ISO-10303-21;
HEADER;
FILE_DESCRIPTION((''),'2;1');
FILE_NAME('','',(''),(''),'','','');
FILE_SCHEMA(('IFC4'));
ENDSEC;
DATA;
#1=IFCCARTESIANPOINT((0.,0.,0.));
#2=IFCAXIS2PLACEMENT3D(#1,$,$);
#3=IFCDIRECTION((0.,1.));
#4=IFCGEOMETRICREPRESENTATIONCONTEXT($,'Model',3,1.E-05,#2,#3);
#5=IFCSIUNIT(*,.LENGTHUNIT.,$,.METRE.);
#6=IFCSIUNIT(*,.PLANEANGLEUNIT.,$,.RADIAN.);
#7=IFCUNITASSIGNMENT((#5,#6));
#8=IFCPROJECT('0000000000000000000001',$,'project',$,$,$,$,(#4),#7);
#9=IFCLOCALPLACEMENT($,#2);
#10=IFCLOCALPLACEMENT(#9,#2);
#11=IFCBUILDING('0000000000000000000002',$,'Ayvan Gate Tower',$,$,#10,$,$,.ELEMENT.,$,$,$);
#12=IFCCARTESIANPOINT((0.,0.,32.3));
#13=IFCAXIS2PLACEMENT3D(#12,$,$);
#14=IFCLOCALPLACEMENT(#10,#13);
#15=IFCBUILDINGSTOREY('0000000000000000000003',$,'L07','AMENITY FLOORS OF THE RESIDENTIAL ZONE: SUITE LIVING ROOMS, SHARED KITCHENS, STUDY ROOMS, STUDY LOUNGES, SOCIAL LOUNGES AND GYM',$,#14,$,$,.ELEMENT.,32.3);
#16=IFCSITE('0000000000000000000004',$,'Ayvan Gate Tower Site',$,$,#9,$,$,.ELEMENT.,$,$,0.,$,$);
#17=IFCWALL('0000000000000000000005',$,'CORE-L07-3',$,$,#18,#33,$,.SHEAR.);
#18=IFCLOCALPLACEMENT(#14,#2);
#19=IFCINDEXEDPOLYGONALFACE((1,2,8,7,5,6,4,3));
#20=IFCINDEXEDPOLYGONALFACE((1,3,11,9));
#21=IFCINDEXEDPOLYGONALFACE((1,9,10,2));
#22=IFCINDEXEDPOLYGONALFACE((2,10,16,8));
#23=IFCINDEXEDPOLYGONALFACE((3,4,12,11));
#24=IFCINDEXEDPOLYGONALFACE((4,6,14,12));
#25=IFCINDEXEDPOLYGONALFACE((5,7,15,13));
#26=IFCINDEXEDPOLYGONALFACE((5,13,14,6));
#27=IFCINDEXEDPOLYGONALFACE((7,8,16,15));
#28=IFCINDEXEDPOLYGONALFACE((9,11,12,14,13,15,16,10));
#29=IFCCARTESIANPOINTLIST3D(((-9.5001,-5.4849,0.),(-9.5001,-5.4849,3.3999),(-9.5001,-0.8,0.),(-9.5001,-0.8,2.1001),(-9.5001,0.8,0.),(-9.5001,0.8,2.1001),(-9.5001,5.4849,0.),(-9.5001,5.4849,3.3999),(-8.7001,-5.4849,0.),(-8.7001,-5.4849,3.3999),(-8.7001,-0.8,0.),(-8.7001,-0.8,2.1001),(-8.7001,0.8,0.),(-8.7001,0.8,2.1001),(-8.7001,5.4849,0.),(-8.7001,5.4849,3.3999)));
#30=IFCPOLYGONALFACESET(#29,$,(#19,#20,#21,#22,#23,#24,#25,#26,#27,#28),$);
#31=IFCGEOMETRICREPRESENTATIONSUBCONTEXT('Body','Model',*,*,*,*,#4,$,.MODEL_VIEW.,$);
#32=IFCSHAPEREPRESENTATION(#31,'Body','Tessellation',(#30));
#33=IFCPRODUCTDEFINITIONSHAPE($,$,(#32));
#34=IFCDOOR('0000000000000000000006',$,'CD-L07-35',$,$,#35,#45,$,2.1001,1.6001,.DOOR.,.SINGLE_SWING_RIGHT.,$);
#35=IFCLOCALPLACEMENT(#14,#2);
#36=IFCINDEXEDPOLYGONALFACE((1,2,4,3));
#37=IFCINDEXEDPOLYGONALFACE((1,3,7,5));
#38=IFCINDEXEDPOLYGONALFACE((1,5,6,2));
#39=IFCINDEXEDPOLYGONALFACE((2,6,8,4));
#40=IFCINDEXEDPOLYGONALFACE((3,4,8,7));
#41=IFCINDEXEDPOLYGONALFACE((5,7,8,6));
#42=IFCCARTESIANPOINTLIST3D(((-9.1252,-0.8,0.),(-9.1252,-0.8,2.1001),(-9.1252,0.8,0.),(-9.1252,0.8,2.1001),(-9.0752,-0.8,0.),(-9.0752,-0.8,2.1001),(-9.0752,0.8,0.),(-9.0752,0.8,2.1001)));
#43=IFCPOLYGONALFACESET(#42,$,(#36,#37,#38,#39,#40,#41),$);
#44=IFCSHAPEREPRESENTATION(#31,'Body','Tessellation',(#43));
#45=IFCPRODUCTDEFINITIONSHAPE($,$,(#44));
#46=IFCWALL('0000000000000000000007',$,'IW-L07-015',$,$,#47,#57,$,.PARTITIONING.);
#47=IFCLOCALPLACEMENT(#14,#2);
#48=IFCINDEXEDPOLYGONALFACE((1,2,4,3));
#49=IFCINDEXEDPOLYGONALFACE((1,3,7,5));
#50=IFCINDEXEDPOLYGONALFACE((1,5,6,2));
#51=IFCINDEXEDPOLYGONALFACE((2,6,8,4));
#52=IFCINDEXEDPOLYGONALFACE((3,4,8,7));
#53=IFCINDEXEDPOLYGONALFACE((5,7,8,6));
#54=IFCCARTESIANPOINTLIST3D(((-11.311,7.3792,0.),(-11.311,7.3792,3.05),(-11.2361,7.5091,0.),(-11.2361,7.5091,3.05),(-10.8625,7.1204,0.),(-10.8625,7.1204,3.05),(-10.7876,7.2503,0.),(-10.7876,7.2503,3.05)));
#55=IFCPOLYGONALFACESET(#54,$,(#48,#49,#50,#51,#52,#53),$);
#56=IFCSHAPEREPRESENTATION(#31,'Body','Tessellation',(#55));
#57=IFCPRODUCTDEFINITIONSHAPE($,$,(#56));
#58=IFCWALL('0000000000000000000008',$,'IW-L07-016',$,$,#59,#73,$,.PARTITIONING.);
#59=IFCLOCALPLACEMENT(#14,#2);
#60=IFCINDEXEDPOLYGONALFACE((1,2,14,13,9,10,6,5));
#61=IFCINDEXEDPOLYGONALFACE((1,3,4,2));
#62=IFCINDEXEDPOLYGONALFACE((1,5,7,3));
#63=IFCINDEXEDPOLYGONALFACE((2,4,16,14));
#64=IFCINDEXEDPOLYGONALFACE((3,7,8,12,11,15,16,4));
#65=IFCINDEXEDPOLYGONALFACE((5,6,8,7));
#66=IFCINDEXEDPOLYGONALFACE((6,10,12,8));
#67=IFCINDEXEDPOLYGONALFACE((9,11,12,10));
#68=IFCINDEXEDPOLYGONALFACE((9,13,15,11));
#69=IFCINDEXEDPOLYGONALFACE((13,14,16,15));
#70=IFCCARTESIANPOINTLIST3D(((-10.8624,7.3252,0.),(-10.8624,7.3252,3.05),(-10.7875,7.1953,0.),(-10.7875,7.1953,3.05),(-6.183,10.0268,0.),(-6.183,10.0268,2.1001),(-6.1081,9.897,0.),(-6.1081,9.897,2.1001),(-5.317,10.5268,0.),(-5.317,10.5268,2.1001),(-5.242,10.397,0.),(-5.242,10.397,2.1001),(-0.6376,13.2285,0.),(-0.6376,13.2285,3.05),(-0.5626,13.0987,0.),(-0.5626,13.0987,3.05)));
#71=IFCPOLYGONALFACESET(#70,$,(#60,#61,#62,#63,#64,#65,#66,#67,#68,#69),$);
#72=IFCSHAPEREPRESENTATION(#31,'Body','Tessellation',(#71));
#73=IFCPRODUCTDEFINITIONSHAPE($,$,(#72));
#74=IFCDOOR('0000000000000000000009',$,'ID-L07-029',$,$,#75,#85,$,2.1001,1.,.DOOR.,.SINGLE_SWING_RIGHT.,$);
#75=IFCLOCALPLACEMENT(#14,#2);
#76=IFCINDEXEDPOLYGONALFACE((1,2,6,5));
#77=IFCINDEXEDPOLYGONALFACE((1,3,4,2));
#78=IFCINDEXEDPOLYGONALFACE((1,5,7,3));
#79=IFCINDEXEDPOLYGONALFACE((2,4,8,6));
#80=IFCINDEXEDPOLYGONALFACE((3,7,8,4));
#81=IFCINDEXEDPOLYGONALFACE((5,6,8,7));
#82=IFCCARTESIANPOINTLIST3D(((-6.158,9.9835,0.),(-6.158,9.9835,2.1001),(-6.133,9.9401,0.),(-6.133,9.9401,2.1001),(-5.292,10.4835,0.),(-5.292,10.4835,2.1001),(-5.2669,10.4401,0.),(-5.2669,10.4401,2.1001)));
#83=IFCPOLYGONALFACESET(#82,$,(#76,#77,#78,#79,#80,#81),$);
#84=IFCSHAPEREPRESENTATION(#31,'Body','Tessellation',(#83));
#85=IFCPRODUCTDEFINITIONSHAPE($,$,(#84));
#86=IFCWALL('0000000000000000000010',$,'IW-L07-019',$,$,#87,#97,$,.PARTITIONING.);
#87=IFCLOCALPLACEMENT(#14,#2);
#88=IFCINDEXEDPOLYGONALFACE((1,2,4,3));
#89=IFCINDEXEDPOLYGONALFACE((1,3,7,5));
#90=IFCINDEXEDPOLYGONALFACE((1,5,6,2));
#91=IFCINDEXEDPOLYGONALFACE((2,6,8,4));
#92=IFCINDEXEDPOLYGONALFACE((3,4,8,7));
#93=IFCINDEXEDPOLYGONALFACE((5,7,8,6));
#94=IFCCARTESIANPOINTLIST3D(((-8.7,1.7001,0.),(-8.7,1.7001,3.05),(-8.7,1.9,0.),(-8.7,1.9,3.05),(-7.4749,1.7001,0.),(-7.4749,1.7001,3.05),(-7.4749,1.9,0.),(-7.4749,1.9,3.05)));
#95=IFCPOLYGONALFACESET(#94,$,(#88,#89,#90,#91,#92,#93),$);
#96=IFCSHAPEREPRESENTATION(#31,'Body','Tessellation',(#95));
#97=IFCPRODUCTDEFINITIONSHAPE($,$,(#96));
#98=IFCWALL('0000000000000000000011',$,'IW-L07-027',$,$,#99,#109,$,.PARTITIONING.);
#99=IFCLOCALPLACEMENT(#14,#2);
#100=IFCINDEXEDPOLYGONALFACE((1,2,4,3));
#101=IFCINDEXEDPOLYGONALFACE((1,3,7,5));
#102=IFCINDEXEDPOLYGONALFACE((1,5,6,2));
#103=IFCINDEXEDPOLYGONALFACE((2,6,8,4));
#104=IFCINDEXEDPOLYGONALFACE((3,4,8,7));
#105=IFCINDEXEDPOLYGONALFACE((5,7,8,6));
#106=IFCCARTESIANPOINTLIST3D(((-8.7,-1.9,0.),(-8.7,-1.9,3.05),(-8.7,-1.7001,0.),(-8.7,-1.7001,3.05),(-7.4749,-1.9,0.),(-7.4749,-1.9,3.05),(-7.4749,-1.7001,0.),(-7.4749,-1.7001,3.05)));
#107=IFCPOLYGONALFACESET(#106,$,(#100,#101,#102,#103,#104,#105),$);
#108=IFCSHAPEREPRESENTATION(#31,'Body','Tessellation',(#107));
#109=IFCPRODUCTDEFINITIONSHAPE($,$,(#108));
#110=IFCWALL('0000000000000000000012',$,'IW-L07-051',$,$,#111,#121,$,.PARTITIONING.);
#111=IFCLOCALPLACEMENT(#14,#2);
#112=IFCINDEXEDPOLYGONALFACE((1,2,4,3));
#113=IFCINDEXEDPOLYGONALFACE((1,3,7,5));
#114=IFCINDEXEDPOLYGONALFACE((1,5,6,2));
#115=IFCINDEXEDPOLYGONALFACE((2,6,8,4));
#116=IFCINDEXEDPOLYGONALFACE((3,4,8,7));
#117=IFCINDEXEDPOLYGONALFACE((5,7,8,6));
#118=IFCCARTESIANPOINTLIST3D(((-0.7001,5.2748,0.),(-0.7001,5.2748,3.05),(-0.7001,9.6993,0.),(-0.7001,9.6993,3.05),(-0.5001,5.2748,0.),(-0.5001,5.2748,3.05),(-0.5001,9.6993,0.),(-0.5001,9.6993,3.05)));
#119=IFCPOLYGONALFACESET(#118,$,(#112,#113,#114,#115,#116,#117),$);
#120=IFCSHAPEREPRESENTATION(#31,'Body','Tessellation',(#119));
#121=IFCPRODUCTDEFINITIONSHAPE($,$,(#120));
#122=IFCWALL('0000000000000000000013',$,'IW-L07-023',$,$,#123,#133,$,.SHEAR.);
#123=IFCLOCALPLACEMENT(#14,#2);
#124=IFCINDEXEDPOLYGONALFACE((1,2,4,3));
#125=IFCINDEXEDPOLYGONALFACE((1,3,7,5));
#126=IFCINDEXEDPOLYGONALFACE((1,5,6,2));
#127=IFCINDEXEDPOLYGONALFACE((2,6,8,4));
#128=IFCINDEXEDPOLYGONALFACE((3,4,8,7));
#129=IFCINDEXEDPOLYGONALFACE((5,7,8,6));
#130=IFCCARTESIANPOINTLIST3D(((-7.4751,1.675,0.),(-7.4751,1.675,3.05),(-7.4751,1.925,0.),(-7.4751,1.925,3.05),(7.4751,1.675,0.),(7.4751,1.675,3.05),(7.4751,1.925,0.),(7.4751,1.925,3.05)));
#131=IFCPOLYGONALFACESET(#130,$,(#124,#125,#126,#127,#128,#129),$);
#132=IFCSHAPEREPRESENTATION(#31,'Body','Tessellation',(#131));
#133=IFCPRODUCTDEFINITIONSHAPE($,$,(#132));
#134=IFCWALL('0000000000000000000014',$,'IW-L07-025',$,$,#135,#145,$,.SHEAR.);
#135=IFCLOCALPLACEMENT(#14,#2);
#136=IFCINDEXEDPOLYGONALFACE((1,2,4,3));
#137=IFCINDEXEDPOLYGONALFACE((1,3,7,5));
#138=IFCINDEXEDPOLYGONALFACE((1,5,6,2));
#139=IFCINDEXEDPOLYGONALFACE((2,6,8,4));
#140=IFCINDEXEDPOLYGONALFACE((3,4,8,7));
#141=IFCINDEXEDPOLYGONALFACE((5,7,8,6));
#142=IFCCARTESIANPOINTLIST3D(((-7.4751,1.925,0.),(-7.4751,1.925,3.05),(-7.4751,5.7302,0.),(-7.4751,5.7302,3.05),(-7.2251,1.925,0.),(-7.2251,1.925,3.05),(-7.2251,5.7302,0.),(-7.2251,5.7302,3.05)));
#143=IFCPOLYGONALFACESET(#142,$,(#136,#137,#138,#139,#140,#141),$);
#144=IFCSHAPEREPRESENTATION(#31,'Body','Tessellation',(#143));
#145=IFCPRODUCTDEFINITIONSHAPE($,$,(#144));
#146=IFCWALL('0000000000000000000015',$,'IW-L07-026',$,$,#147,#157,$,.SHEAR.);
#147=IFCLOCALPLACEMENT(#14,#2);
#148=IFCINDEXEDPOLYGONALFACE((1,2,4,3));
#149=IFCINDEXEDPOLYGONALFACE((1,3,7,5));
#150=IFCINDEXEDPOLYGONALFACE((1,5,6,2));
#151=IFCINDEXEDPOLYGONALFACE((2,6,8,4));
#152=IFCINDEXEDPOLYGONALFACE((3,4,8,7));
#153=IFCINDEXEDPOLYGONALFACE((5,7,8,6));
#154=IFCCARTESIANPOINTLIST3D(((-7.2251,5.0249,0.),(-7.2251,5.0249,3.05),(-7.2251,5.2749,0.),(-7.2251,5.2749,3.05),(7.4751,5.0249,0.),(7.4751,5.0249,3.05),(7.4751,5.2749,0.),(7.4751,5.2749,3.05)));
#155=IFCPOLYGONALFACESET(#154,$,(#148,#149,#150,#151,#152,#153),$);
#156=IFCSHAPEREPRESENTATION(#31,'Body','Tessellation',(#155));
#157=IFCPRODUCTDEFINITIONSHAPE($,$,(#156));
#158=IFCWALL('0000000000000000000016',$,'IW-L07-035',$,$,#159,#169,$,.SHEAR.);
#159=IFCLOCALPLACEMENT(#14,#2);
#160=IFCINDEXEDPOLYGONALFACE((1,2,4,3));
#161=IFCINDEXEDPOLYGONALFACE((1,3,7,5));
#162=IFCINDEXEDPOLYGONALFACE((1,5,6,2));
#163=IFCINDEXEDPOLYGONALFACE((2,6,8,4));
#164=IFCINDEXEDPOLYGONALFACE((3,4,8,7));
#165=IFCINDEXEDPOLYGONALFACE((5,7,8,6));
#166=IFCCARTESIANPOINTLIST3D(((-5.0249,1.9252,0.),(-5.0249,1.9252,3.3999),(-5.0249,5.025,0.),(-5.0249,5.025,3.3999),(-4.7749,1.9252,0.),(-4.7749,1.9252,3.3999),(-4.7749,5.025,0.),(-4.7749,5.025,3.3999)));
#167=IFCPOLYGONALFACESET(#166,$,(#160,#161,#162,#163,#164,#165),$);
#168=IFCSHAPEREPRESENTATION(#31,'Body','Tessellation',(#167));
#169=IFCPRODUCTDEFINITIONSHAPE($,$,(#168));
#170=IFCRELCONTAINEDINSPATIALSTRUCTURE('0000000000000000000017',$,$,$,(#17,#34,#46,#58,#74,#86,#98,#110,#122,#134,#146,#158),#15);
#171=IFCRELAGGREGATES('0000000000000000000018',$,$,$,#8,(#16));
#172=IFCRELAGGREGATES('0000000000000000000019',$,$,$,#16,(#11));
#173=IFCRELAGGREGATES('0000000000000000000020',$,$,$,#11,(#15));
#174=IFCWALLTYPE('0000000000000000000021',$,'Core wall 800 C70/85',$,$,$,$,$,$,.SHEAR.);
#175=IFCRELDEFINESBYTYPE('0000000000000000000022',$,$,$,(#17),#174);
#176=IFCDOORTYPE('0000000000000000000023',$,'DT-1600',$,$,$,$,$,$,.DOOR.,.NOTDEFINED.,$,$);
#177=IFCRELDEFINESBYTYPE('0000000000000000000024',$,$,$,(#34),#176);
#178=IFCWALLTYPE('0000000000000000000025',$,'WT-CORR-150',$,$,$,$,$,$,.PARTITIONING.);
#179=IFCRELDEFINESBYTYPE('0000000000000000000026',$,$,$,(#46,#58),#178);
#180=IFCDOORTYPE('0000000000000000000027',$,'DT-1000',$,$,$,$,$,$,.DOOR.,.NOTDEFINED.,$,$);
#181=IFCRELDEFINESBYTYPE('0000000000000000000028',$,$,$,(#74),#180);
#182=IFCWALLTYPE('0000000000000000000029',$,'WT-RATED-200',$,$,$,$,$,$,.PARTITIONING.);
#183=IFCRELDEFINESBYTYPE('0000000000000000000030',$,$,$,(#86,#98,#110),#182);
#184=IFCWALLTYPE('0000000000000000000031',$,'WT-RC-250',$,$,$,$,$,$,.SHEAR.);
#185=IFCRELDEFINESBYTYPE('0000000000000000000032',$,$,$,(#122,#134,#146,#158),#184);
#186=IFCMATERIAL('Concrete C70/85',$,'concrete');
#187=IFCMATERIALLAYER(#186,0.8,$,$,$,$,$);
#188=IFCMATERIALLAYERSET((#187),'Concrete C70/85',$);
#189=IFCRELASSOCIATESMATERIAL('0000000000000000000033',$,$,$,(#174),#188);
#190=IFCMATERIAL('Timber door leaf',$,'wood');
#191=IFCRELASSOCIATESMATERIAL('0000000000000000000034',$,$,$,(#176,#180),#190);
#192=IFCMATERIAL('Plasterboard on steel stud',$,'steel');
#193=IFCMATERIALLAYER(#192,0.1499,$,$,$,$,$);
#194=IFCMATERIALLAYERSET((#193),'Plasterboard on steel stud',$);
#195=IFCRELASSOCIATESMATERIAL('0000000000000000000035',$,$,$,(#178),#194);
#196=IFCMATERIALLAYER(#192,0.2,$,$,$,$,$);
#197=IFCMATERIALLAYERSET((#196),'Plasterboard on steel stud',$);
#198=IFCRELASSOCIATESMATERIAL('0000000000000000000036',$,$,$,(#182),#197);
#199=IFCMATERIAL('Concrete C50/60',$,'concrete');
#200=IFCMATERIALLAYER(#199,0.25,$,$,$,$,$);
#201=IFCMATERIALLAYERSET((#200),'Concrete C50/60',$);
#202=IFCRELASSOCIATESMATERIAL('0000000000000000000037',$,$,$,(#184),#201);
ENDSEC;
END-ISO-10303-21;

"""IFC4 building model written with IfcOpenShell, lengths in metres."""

from ifc_helpers import new_model, si_unit, direction, frame, frame_2d, origin, place, context, subcontext, project, spatial, rectangle, extrude, material, layer, layer_set, type_object, element, fill, save


model = new_model("IFC4")

# Units and contexts
model_context = context("Model", 3, precision=1e-05, world=origin(), true_north=direction((0.0, 1.0)))
body_context = subcontext(model_context, "Body", "Model", "MODEL_VIEW")
ifc_project = project(units=[si_unit("LENGTHUNIT", "METRE"), si_unit("PLANEANGLEUNIT", "RADIAN")], contexts=[model_context])

# Site, building, storey
site_placement = place(None, origin())
site = spatial("IfcSite", under=ifc_project, at=site_placement, Name="Ayvan Gate Tower Site", CompositionType="ELEMENT", RefElevation=0.0)
building_placement = place(site_placement, origin())
building = spatial("IfcBuilding", under=site, at=building_placement, Name="Ayvan Gate Tower", CompositionType="ELEMENT")
storey_placement = place(building_placement, frame((0.0, 0.0, 32.3)))
storey = spatial("IfcBuildingStorey", under=building, at=storey_placement, Name="L07", Description="AMENITY FLOORS OF THE RESIDENTIAL ZONE: SUITE LIVING ROOMS, SHARED KITCHENS, STUDY ROOMS, STUDY LOUNGES, SOCIAL LOUNGES AND GYM", CompositionType="ELEMENT", Elevation=32.3)

# Wall, opening, door
ifc_material_1 = material(Name="Concrete C70/85", Category="concrete")
ifc_layer_1 = layer(ifc_material_1, 0.8)
ifc_layer_set_1 = layer_set([ifc_layer_1], Name="Concrete C70/85")
wall_type_1 = type_object("IfcWallType", Name="Core wall 800 C70/85", PredefinedType="SHEAR", material=ifc_layer_set_1)
ifc_material_2 = material(Name="Timber door leaf", Category="wood")
wall_1_placement = place(storey_placement, frame((-9.1001, 5.4849, 0.0), z_axis=(0.0, 0.0, 1.0), x_axis=(0.0, -1.0, 0.0)))
wall_1 = element("IfcWall", 1, at=wall_1_placement, inside=storey, type_object=wall_type_1, Name="CORE-L07-3", PredefinedType="SHEAR", context=body_context, shape_type="SweptSolid", body=[
    extrude(rectangle(XDim=10.9697, YDim=0.8, at=frame_2d((5.4849, 0.0))), origin(), (0.0, 0.0, 1.0), 3.3999),
])
opening_1_placement = place(wall_1_placement, frame((4.6848, 0.0, 0.0)))
opening_1 = element("IfcOpeningElement", 2, at=opening_1_placement, cuts=wall_1, PredefinedType="OPENING", context=body_context, shape_type="SweptSolid", body=[
    extrude(rectangle(XDim=1.6001, YDim=2.1001, at=frame_2d((0.8, 1.05))), frame((0.0, 0.4099, 0.0), z_axis=(0.0, -1.0, 0.0), x_axis=(1.0, 0.0, 0.0)), (0.0, 0.0, 1.0), 0.8201),
])
door_type_1 = type_object("IfcDoorType", Name="DT-1600", OperationType="NOTDEFINED", PredefinedType="DOOR", material=ifc_material_2)
door_1_placement = place(opening_1_placement, origin())
door_1 = element("IfcDoor", 3, at=door_1_placement, inside=storey, type_object=door_type_1, Name="CD-L07-35", OperationType="SINGLE_SWING_RIGHT", OverallHeight=2.1001, OverallWidth=1.6001, PredefinedType="DOOR", context=body_context, shape_type="SweptSolid", body=[
    extrude(rectangle(XDim=1.6001, YDim=2.1001, at=frame_2d((0.8, 1.05))), frame((0.0, 0.0249, 0.0), z_axis=(0.0, -1.0, 0.0), x_axis=(1.0, 0.0, 0.0)), (0.0, 0.0, 1.0), 0.05),
])
fill(opening_1, door_1)

# Wall
ifc_material_3 = material(Name="Plasterboard on steel stud", Category="steel")
ifc_layer_2 = layer(ifc_material_3, 0.1499)
ifc_layer_set_2 = layer_set([ifc_layer_2], Name="Plasterboard on steel stud")
wall_type_2 = type_object("IfcWallType", Name="WT-CORR-150", PredefinedType="PARTITIONING", material=ifc_layer_set_2)
wall_2_placement = place(storey_placement, frame((-11.2734, 7.4441, 0.0), z_axis=(0.0, 0.0, 1.0), x_axis=(0.866146, -0.49979, 0.0)))
element("IfcWall", 4, at=wall_2_placement, inside=storey, type_object=wall_type_2, Name="IW-L07-015", PredefinedType="PARTITIONING", context=body_context, shape_type="SweptSolid", body=[
    extrude(rectangle(XDim=0.5178, YDim=0.1499, at=frame_2d((0.2588, 0.0))), origin(), (0.0, 0.0, 1.0), 3.05),
])

# Wall, opening, door
wall_3_placement = place(storey_placement, frame((-10.825, 7.2603, 0.0), z_axis=(0.0, 0.0, 1.0), x_axis=(0.866025, 0.5, 0.0)))
wall_3 = element("IfcWall", 5, at=wall_3_placement, inside=storey, type_object=wall_type_2, Name="IW-L07-016", PredefinedType="PARTITIONING", context=body_context, shape_type="SweptSolid", body=[
    extrude(rectangle(XDim=11.8066, YDim=0.1499, at=frame_2d((5.9033, 0.0))), origin(), (0.0, 0.0, 1.0), 3.05),
])
opening_2_placement = place(wall_3_placement, frame((5.4033, 0.0, 0.0)))
opening_2 = element("IfcOpeningElement", 6, at=opening_2_placement, cuts=wall_3, PredefinedType="OPENING", context=body_context, shape_type="SweptSolid", body=[
    extrude(rectangle(XDim=1.0, YDim=2.1001, at=frame_2d((0.5, 1.05))), frame((0.0, 0.085, 0.0), z_axis=(0.0, -1.0, 0.0), x_axis=(1.0, 0.0, 0.0)), (0.0, 0.0, 1.0), 0.1699),
])
door_type_2 = type_object("IfcDoorType", Name="DT-1000", OperationType="NOTDEFINED", PredefinedType="DOOR", material=ifc_material_2)
door_2_placement = place(opening_2_placement, origin())
door_2 = element("IfcDoor", 7, at=door_2_placement, inside=storey, type_object=door_type_2, Name="ID-L07-029", OperationType="SINGLE_SWING_RIGHT", OverallHeight=2.1001, OverallWidth=1.0, PredefinedType="DOOR", context=body_context, shape_type="SweptSolid", body=[
    extrude(rectangle(XDim=1.0, YDim=2.1001, at=frame_2d((0.5, 1.05))), frame((0.0, 0.0249, 0.0), z_axis=(0.0, -1.0, 0.0), x_axis=(1.0, 0.0, 0.0)), (0.0, 0.0, 1.0), 0.05),
])
fill(opening_2, door_2)

# Walls
ifc_layer_3 = layer(ifc_material_3, 0.2)
ifc_layer_set_3 = layer_set([ifc_layer_3], Name="Plasterboard on steel stud")
wall_type_3 = type_object("IfcWallType", Name="WT-RATED-200", PredefinedType="PARTITIONING", material=ifc_layer_set_3)
for number, where, z_axis, x_axis, name in (
    (8, (-8.7, 1.8, 0.0), (0.0, 0.0, 1.0), (1.0, 0.0, 0.0), "IW-L07-019"),
    (9, (-7.4749, -1.8, 0.0), (0.0, 0.0, 1.0), (-1.0, 0.0, 0.0), "IW-L07-027"),
):
    element("IfcWall", number, at=place(storey_placement, frame(where, z_axis=z_axis, x_axis=x_axis)), inside=storey, type_object=wall_type_3, Name=name, PredefinedType="PARTITIONING", context=body_context, shape_type="SweptSolid", body=[
        extrude(rectangle(XDim=1.2251, YDim=0.2, at=frame_2d((0.6125, 0.0))), origin(), (0.0, 0.0, 1.0), 3.05),
    ])
wall_4_placement = place(storey_placement, frame((-0.6001, 9.6995, 0.0), z_axis=(0.0, 0.0, 1.0), x_axis=(0.0, -1.0, 0.0)))
element("IfcWall", 10, at=wall_4_placement, inside=storey, type_object=wall_type_3, Name="IW-L07-051", PredefinedType="PARTITIONING", context=body_context, shape_type="SweptSolid", body=[
    extrude(rectangle(XDim=4.4246, YDim=0.2, at=frame_2d((2.2124, 0.0))), origin(), (0.0, 0.0, 1.0), 3.05),
])
ifc_material_4 = material(Name="Concrete C50/60", Category="concrete")
ifc_layer_4 = layer(ifc_material_4, 0.25)
ifc_layer_set_4 = layer_set([ifc_layer_4], Name="Concrete C50/60")
wall_type_4 = type_object("IfcWallType", Name="WT-RC-250", PredefinedType="SHEAR", material=ifc_layer_set_4)
wall_5_placement = place(storey_placement, frame((-7.4751, 1.8, 0.0), z_axis=(0.0, 0.0, 1.0), x_axis=(1.0, 0.0, 0.0)))
element("IfcWall", 11, at=wall_5_placement, inside=storey, type_object=wall_type_4, Name="IW-L07-023", PredefinedType="SHEAR", context=body_context, shape_type="SweptSolid", body=[
    extrude(rectangle(XDim=14.9502, YDim=0.25, at=frame_2d((7.4751, 0.0))), origin(), (0.0, 0.0, 1.0), 3.05),
])
wall_6_placement = place(storey_placement, frame((-7.3501, 1.925, 0.0), z_axis=(0.0, 0.0, 1.0), x_axis=(0.0, 1.0, 0.0)))
element("IfcWall", 12, at=wall_6_placement, inside=storey, type_object=wall_type_4, Name="IW-L07-025", PredefinedType="SHEAR", context=body_context, shape_type="SweptSolid", body=[
    extrude(rectangle(XDim=3.8052, YDim=0.25, at=frame_2d((1.9026, 0.0))), origin(), (0.0, 0.0, 1.0), 3.05),
])
wall_7_placement = place(storey_placement, frame((-7.2251, 5.1499, 0.0), z_axis=(0.0, 0.0, 1.0), x_axis=(1.0, 0.0, 0.0)))
element("IfcWall", 13, at=wall_7_placement, inside=storey, type_object=wall_type_4, Name="IW-L07-026", PredefinedType="SHEAR", context=body_context, shape_type="SweptSolid", body=[
    extrude(rectangle(XDim=14.7002, YDim=0.25, at=frame_2d((7.3501, 0.0))), origin(), (0.0, 0.0, 1.0), 3.05),
])
wall_8_placement = place(storey_placement, frame((-4.8999, 5.0249, 0.0), z_axis=(0.0, 0.0, 1.0), x_axis=(0.0, -1.0, 0.0)))
element("IfcWall", 14, at=wall_8_placement, inside=storey, type_object=wall_type_4, Name="IW-L07-035", PredefinedType="SHEAR", context=body_context, shape_type="SweptSolid", body=[
    extrude(rectangle(XDim=3.0999, YDim=0.25, at=frame_2d((1.5498, 0.0))), origin(), (0.0, 0.0, 1.0), 3.3999),
])

save(model, "model.ifc")
